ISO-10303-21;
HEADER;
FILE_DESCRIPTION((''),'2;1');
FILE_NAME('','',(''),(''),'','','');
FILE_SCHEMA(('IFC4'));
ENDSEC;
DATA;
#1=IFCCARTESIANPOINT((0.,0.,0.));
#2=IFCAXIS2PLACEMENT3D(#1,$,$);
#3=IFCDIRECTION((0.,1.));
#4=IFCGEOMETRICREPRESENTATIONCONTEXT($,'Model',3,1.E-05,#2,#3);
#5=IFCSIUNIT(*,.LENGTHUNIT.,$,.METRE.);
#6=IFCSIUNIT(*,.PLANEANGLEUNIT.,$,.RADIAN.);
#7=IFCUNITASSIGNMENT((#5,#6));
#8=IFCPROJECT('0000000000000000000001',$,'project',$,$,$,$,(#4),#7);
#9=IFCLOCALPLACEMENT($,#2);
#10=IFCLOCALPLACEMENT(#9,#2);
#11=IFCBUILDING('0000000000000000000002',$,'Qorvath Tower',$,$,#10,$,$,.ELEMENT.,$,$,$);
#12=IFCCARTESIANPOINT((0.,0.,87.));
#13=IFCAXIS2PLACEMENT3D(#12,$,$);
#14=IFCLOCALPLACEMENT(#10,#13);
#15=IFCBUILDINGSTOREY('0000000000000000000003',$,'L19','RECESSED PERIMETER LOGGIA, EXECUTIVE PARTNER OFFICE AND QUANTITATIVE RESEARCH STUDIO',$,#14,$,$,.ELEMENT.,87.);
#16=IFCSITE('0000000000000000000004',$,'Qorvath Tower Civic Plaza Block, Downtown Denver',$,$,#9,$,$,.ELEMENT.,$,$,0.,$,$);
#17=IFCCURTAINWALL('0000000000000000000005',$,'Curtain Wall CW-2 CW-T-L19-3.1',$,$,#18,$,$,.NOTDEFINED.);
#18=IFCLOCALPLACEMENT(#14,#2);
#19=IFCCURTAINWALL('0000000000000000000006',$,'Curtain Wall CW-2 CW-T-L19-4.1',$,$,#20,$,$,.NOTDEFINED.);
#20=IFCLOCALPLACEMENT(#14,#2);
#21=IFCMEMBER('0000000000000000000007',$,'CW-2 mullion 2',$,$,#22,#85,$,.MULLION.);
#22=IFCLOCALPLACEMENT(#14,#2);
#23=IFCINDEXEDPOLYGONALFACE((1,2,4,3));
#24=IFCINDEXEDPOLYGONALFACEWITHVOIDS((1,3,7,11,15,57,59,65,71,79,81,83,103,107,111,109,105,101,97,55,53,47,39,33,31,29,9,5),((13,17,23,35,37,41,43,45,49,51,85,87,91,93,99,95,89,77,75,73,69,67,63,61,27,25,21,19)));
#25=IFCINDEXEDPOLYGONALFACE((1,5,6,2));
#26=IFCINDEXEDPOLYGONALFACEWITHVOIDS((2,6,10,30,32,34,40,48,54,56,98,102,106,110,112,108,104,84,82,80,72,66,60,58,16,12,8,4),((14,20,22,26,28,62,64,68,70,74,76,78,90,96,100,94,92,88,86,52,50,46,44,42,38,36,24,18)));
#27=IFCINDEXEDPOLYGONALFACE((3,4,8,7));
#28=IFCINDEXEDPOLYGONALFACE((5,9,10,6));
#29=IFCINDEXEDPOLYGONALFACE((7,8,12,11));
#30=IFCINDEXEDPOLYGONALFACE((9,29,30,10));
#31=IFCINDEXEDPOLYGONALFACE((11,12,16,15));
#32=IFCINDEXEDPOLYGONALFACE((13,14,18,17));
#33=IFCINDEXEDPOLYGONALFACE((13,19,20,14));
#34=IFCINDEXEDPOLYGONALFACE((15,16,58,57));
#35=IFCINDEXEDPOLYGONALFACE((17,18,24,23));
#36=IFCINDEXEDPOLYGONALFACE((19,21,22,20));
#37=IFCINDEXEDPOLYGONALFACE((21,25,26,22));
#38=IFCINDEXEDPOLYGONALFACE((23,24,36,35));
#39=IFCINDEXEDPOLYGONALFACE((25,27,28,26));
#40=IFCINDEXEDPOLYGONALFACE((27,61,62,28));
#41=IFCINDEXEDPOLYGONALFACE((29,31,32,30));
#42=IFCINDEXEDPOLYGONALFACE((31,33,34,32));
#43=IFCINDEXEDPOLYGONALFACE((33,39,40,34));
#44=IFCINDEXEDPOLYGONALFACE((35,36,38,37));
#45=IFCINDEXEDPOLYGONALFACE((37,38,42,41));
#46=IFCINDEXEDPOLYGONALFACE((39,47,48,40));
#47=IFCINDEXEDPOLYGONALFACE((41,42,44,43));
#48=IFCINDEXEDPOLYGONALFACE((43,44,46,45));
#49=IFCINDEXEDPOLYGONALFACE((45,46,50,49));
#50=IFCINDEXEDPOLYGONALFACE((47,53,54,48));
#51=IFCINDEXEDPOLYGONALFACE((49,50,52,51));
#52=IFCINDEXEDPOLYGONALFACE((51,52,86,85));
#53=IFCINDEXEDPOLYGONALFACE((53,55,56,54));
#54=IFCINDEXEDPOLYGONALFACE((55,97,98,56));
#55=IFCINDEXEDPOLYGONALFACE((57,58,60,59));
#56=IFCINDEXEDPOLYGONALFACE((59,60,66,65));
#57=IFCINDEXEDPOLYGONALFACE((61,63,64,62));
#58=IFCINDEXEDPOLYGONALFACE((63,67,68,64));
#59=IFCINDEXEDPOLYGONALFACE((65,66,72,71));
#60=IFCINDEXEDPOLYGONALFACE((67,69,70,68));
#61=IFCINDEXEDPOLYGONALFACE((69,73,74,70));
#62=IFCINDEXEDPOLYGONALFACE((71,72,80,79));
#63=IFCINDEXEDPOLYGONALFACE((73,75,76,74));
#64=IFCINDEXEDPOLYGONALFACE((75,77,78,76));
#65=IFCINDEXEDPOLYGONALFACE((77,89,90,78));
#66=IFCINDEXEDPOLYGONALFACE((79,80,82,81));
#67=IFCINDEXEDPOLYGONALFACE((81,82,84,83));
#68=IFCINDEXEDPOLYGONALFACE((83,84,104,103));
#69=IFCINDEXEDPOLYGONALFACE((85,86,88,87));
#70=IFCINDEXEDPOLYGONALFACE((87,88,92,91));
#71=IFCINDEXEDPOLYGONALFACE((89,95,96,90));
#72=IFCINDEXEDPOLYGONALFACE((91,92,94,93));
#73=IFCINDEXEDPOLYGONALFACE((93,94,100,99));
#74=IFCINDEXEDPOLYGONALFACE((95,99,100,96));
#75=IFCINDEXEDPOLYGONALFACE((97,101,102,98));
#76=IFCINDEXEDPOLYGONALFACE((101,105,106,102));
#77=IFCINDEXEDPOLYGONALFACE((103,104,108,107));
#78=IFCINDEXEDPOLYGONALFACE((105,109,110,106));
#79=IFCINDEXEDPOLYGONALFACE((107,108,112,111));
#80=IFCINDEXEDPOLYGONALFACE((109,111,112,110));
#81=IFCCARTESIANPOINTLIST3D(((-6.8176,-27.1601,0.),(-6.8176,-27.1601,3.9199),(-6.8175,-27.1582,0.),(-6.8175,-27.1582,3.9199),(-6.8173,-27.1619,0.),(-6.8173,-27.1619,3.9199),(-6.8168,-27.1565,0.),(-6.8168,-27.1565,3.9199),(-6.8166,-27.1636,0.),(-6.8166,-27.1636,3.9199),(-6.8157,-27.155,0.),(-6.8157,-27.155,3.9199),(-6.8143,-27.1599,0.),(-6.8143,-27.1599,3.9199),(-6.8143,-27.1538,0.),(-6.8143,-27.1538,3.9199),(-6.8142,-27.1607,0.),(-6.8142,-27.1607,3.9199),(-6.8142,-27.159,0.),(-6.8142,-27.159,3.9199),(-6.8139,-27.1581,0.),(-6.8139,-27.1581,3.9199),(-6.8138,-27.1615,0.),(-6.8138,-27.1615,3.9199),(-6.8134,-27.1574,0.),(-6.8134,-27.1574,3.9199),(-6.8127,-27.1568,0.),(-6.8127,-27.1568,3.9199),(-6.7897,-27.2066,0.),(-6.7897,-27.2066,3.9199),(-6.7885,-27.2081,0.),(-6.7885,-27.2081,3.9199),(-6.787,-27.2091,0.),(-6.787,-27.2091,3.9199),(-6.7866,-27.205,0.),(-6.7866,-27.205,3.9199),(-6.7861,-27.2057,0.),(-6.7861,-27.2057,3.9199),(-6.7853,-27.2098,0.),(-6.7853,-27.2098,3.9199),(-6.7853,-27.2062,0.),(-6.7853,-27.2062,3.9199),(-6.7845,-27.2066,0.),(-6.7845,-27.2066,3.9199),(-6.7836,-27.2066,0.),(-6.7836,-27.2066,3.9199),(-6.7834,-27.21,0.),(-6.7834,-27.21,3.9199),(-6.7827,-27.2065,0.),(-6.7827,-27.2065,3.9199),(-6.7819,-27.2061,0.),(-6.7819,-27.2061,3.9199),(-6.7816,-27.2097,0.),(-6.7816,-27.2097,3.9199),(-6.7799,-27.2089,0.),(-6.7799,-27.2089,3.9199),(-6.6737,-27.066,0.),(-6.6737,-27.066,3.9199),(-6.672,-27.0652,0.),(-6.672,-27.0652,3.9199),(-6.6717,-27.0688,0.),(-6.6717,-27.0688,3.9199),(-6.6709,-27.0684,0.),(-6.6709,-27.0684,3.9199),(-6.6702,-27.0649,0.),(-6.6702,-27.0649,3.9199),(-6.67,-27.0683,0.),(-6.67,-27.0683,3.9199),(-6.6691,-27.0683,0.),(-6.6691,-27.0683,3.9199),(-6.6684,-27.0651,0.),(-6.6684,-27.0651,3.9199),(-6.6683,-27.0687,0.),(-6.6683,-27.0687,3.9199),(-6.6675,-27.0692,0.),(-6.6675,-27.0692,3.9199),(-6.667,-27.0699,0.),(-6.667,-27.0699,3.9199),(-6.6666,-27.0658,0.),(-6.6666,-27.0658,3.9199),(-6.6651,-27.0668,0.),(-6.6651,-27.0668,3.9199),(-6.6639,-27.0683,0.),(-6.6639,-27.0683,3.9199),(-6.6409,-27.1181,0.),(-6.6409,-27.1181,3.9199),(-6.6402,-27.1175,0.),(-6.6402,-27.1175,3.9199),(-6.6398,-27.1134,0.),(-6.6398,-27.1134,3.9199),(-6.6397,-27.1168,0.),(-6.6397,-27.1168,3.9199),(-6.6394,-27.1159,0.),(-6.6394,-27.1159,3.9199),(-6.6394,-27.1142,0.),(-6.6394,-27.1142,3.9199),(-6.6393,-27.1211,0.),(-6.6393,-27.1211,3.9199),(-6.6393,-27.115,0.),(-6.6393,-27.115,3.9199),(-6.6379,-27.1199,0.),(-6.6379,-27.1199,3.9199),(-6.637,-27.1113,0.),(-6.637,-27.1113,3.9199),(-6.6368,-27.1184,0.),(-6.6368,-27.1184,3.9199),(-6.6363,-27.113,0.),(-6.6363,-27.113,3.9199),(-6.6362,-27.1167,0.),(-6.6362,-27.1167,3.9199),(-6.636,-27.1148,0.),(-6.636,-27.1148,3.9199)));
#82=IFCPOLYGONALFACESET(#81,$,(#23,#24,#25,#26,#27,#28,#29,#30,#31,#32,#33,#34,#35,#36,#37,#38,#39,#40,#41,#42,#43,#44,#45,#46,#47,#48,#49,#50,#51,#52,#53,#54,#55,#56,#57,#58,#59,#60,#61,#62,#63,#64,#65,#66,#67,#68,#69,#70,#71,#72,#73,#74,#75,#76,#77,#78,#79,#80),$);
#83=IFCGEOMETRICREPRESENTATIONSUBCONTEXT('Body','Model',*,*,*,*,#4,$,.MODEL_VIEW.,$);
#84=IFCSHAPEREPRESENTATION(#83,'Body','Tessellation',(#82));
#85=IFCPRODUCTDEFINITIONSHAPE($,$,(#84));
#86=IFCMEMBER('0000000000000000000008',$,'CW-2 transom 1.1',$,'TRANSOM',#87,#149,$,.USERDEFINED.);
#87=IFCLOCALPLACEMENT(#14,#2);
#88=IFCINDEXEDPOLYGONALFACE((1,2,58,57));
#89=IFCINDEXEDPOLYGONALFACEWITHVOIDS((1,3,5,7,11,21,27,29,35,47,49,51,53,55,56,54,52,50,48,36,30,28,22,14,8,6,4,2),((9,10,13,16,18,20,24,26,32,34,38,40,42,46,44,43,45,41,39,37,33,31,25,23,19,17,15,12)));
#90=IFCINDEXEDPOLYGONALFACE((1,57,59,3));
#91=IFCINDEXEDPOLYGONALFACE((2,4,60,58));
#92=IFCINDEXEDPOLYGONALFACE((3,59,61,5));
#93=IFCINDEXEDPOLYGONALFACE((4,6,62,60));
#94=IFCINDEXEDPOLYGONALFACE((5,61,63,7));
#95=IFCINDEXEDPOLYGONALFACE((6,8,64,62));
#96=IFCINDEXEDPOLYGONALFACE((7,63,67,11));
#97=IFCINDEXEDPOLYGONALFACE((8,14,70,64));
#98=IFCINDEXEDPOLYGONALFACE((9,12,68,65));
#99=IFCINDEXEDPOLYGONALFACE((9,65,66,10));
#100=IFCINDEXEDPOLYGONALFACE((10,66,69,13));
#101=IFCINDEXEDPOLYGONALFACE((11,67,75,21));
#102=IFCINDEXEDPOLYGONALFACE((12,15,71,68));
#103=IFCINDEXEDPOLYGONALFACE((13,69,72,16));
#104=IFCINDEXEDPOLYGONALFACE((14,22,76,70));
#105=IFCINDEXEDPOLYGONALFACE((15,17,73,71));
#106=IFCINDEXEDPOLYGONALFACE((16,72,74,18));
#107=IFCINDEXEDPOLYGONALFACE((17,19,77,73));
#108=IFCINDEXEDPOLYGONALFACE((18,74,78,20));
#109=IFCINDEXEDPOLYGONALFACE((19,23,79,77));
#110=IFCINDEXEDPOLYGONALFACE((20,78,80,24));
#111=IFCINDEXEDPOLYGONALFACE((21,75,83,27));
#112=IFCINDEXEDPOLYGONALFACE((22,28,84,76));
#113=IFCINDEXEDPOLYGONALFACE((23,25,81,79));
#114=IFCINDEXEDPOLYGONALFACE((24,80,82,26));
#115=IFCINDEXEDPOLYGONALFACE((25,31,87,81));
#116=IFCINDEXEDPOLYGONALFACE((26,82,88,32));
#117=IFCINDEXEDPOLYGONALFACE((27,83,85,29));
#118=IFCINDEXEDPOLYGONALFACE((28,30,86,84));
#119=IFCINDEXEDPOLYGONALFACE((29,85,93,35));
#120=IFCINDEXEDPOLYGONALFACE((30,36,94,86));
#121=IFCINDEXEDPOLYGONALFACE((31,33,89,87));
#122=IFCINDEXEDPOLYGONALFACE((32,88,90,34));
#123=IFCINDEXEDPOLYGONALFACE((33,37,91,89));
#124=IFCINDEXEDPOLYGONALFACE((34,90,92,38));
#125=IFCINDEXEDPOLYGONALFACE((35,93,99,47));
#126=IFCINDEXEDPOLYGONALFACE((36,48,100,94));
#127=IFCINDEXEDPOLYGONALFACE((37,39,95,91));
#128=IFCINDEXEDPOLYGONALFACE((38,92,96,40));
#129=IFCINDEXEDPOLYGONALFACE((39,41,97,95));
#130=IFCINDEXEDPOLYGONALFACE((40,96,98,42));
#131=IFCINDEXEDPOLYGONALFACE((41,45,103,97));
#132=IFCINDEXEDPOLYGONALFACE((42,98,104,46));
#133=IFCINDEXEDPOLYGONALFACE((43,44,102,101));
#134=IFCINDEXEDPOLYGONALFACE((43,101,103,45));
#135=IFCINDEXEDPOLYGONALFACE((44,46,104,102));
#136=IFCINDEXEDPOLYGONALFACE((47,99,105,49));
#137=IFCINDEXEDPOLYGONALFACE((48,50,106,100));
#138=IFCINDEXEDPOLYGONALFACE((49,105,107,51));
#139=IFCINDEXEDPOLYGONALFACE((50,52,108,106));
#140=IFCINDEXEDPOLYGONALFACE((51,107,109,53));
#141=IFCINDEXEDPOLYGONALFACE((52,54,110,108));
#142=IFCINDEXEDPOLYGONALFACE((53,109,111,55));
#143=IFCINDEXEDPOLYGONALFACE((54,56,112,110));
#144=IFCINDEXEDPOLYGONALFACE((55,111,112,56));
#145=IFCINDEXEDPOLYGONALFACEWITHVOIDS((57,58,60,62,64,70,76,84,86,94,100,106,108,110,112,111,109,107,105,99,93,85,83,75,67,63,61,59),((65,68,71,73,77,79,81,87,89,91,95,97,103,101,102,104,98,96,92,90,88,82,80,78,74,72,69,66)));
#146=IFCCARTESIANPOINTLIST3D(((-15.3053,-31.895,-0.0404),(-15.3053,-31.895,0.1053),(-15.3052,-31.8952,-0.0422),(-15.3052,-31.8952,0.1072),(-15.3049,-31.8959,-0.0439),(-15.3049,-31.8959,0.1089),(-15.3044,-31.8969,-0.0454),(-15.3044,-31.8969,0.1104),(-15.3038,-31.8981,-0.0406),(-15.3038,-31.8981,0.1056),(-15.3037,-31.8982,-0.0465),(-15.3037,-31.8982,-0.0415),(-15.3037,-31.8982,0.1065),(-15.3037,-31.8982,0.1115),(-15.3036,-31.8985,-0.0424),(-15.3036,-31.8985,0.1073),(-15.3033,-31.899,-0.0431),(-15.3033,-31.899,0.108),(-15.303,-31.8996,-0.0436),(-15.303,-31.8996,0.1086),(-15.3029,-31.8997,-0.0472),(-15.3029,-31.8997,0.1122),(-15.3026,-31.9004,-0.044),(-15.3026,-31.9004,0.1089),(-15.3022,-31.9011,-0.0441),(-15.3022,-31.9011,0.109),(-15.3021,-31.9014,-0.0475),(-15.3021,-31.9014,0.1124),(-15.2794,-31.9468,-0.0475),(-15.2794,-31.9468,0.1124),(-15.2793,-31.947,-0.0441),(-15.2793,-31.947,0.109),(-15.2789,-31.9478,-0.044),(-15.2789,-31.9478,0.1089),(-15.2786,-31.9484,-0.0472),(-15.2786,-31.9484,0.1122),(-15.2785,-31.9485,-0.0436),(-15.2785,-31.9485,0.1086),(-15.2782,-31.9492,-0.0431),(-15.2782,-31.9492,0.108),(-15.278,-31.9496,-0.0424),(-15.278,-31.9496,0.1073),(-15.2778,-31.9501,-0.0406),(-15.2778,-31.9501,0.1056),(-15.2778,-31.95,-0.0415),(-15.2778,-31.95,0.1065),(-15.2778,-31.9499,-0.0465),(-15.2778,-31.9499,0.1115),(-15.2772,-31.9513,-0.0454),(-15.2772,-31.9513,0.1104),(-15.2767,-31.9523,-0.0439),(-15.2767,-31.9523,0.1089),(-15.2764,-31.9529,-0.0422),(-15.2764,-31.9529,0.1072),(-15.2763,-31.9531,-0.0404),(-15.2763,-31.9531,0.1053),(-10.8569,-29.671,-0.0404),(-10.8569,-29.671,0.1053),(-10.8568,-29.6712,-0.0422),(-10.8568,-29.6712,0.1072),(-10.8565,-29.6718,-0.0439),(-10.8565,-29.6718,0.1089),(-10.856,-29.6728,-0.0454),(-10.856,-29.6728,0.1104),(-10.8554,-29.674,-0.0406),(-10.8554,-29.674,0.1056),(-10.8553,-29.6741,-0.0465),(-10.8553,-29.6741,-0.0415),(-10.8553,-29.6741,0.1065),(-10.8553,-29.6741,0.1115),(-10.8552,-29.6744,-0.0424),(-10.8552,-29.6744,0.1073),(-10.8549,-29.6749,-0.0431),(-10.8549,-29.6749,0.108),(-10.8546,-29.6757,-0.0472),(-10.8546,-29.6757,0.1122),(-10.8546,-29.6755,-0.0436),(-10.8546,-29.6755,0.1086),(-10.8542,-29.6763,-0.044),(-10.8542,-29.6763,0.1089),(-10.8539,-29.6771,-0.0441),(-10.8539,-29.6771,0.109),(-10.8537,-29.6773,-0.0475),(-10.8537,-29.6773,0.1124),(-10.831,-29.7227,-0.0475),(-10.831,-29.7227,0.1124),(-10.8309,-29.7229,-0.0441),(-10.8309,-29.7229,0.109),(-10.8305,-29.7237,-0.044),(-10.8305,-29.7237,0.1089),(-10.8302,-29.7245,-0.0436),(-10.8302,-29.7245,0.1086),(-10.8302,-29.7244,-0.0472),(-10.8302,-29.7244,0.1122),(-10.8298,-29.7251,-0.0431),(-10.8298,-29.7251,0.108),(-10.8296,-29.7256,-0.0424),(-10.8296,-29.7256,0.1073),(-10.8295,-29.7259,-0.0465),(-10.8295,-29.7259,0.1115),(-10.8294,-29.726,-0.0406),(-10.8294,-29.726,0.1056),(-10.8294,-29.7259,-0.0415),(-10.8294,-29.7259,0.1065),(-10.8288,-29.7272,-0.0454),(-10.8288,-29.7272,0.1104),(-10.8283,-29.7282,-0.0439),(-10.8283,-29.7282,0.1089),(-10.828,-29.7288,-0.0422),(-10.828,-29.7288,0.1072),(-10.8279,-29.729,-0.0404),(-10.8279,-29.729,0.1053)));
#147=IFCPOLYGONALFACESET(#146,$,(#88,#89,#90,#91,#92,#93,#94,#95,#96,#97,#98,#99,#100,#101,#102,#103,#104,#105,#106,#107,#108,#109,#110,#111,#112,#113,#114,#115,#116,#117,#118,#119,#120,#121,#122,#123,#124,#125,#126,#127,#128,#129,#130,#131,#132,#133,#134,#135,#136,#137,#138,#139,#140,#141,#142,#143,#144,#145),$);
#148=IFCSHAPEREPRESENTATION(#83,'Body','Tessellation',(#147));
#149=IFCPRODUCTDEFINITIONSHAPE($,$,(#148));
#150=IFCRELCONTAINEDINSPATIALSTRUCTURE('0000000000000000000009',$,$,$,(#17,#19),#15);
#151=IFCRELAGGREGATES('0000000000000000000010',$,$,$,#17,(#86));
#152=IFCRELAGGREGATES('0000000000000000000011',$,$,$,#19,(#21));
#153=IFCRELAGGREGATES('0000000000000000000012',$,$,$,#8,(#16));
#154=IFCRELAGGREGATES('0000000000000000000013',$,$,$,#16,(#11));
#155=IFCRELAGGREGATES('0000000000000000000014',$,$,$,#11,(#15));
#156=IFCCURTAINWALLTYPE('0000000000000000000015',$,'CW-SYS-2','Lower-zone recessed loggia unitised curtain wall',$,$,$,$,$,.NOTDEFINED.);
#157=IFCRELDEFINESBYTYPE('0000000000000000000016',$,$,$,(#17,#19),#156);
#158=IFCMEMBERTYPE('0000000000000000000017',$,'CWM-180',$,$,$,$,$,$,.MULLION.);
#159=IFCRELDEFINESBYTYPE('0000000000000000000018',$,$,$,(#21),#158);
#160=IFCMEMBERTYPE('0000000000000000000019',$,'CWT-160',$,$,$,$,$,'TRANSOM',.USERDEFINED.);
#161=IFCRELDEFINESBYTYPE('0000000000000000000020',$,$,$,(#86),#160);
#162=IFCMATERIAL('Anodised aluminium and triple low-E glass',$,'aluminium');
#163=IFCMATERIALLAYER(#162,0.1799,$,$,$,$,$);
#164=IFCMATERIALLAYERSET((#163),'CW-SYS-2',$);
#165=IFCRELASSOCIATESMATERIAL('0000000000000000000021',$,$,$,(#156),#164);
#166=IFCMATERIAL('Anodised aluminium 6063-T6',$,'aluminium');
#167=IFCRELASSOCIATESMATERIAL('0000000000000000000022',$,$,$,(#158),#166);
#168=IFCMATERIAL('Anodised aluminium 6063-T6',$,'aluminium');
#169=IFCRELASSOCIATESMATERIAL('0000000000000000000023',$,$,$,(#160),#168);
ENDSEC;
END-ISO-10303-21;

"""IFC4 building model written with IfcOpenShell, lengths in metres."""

from ifc_helpers import new_model, si_unit, direction, frame, origin, origin_2d, place, context, subcontext, project, spatial, hollow_rectangle, extrude, material, layer, layer_set, material_profile, profile_set, type_object, element, aggregate, save


model = new_model("IFC4")

# Units and contexts
model_context = context("Model", 3, precision=1e-05, world=origin(), true_north=direction((0.0, 1.0)))
body_context = subcontext(model_context, "Body", "Model", "MODEL_VIEW")
ifc_project = project(units=[si_unit("LENGTHUNIT", "METRE"), si_unit("PLANEANGLEUNIT", "RADIAN")], contexts=[model_context])

# Site, building, storey
site_placement = place(None, origin())
site = spatial("IfcSite", under=ifc_project, at=site_placement, Name="Qorvath Tower Civic Plaza Block, Downtown Denver", CompositionType="ELEMENT", RefElevation=0.0)
building_placement = place(site_placement, origin())
building = spatial("IfcBuilding", under=site, at=building_placement, Name="Qorvath Tower", CompositionType="ELEMENT")
storey_placement = place(building_placement, frame((0.0, 0.0, 87.0)))
storey = spatial("IfcBuildingStorey", under=building, at=storey_placement, Name="L19", Description="RECESSED PERIMETER LOGGIA, EXECUTIVE PARTNER OFFICE AND QUANTITATIVE RESEARCH STUDIO", CompositionType="ELEMENT", Elevation=87.0)

# Shared definitions
ifc_material_1 = material(Name="Anodised aluminium and triple low-E glass", Category="aluminium")
ifc_layer_1 = layer(ifc_material_1, 0.1799)
ifc_layer_set_1 = layer_set([ifc_layer_1], Name="CW-SYS-2")
curtain_wall_type = type_object("IfcCurtainWallType", Name="CW-SYS-2", Description="Lower-zone recessed loggia unitised curtain wall", PredefinedType="NOTDEFINED", material=ifc_layer_set_1)
ifc_material_2 = material(Name="Anodised aluminium 6063-T6", Category="aluminium")
ifc_material_profile_1 = material_profile(ifc_material_2, hollow_rectangle(XDim=0.0649, YDim=0.1799, WallThickness=0.0034, InnerFilletRadius=0.0034, OuterFilletRadius=0.0071, at=origin_2d()), Name="CWM 180x65")
ifc_profile_set_1 = profile_set([ifc_material_profile_1], Name="Anodised aluminium 6063-T6")
member_type_1 = type_object("IfcMemberType", Name="CWM-180", PredefinedType="MULLION", material=ifc_profile_set_1)

# Curtain walls, member
curtain_wall_1_placement = place(storey_placement, origin())
curtain_wall_1 = element("IfcCurtainWall", 1, at=curtain_wall_1_placement, inside=storey, type_object=curtain_wall_type, Name="Curtain Wall CW-2 CW-T-L19-3.1", PredefinedType="NOTDEFINED")
curtain_wall_2_placement = place(storey_placement, origin())
curtain_wall_2 = element("IfcCurtainWall", 2, at=curtain_wall_2_placement, inside=storey, type_object=curtain_wall_type, Name="Curtain Wall CW-2 CW-T-L19-4.1", PredefinedType="NOTDEFINED")
member_1_placement = place(storey_placement, frame((-6.7268, -27.1375, 0.0), z_axis=(0.0, 0.0, 1.0), x_axis=(-0.529625, 0.848232, 0.0)))
member_1 = element("IfcMember", 3, at=member_1_placement, type_object=member_type_1, Name="CW-2 mullion 2", PredefinedType="MULLION", context=body_context, shape_type="SweptSolid", body=[
    extrude(hollow_rectangle(XDim=0.0649, YDim=0.1799, WallThickness=0.0034, InnerFilletRadius=0.0034, OuterFilletRadius=0.0071, at=origin_2d()), origin(), (0.0, 0.0, 1.0), 3.9199),
])

# Member
ifc_material_3 = material(Name="Anodised aluminium 6063-T6", Category="aluminium")
ifc_material_profile_2 = material_profile(ifc_material_3, hollow_rectangle(XDim=0.0649, YDim=0.1599, WallThickness=0.0034, InnerFilletRadius=0.0034, OuterFilletRadius=0.0071, at=origin_2d()), Name="CWT 160x65")
ifc_profile_set_2 = profile_set([ifc_material_profile_2], Name="Anodised aluminium 6063-T6")
member_type_2 = type_object("IfcMemberType", Name="CWT-160", ElementType="TRANSOM", PredefinedType="USERDEFINED", material=ifc_profile_set_2)
member_2_placement = place(storey_placement, frame((-15.2908, -31.9241, 0.0325), z_axis=(0.894437, 0.447194, 0.0), x_axis=(-0.447194, 0.894437, 0.0)))
member_2 = element("IfcMember", 4, at=member_2_placement, type_object=member_type_2, Name="CW-2 transom 1.1", ObjectType="TRANSOM", PredefinedType="USERDEFINED", context=body_context, shape_type="SweptSolid", body=[
    extrude(hollow_rectangle(XDim=0.0649, YDim=0.1599, WallThickness=0.0034, InnerFilletRadius=0.0034, OuterFilletRadius=0.0071, at=origin_2d()), origin(), (0.0, 0.0, 1.0), 4.9734),
])

aggregate(curtain_wall_1, [member_2])
aggregate(curtain_wall_2, [member_1])

save(model, "model.ifc")
